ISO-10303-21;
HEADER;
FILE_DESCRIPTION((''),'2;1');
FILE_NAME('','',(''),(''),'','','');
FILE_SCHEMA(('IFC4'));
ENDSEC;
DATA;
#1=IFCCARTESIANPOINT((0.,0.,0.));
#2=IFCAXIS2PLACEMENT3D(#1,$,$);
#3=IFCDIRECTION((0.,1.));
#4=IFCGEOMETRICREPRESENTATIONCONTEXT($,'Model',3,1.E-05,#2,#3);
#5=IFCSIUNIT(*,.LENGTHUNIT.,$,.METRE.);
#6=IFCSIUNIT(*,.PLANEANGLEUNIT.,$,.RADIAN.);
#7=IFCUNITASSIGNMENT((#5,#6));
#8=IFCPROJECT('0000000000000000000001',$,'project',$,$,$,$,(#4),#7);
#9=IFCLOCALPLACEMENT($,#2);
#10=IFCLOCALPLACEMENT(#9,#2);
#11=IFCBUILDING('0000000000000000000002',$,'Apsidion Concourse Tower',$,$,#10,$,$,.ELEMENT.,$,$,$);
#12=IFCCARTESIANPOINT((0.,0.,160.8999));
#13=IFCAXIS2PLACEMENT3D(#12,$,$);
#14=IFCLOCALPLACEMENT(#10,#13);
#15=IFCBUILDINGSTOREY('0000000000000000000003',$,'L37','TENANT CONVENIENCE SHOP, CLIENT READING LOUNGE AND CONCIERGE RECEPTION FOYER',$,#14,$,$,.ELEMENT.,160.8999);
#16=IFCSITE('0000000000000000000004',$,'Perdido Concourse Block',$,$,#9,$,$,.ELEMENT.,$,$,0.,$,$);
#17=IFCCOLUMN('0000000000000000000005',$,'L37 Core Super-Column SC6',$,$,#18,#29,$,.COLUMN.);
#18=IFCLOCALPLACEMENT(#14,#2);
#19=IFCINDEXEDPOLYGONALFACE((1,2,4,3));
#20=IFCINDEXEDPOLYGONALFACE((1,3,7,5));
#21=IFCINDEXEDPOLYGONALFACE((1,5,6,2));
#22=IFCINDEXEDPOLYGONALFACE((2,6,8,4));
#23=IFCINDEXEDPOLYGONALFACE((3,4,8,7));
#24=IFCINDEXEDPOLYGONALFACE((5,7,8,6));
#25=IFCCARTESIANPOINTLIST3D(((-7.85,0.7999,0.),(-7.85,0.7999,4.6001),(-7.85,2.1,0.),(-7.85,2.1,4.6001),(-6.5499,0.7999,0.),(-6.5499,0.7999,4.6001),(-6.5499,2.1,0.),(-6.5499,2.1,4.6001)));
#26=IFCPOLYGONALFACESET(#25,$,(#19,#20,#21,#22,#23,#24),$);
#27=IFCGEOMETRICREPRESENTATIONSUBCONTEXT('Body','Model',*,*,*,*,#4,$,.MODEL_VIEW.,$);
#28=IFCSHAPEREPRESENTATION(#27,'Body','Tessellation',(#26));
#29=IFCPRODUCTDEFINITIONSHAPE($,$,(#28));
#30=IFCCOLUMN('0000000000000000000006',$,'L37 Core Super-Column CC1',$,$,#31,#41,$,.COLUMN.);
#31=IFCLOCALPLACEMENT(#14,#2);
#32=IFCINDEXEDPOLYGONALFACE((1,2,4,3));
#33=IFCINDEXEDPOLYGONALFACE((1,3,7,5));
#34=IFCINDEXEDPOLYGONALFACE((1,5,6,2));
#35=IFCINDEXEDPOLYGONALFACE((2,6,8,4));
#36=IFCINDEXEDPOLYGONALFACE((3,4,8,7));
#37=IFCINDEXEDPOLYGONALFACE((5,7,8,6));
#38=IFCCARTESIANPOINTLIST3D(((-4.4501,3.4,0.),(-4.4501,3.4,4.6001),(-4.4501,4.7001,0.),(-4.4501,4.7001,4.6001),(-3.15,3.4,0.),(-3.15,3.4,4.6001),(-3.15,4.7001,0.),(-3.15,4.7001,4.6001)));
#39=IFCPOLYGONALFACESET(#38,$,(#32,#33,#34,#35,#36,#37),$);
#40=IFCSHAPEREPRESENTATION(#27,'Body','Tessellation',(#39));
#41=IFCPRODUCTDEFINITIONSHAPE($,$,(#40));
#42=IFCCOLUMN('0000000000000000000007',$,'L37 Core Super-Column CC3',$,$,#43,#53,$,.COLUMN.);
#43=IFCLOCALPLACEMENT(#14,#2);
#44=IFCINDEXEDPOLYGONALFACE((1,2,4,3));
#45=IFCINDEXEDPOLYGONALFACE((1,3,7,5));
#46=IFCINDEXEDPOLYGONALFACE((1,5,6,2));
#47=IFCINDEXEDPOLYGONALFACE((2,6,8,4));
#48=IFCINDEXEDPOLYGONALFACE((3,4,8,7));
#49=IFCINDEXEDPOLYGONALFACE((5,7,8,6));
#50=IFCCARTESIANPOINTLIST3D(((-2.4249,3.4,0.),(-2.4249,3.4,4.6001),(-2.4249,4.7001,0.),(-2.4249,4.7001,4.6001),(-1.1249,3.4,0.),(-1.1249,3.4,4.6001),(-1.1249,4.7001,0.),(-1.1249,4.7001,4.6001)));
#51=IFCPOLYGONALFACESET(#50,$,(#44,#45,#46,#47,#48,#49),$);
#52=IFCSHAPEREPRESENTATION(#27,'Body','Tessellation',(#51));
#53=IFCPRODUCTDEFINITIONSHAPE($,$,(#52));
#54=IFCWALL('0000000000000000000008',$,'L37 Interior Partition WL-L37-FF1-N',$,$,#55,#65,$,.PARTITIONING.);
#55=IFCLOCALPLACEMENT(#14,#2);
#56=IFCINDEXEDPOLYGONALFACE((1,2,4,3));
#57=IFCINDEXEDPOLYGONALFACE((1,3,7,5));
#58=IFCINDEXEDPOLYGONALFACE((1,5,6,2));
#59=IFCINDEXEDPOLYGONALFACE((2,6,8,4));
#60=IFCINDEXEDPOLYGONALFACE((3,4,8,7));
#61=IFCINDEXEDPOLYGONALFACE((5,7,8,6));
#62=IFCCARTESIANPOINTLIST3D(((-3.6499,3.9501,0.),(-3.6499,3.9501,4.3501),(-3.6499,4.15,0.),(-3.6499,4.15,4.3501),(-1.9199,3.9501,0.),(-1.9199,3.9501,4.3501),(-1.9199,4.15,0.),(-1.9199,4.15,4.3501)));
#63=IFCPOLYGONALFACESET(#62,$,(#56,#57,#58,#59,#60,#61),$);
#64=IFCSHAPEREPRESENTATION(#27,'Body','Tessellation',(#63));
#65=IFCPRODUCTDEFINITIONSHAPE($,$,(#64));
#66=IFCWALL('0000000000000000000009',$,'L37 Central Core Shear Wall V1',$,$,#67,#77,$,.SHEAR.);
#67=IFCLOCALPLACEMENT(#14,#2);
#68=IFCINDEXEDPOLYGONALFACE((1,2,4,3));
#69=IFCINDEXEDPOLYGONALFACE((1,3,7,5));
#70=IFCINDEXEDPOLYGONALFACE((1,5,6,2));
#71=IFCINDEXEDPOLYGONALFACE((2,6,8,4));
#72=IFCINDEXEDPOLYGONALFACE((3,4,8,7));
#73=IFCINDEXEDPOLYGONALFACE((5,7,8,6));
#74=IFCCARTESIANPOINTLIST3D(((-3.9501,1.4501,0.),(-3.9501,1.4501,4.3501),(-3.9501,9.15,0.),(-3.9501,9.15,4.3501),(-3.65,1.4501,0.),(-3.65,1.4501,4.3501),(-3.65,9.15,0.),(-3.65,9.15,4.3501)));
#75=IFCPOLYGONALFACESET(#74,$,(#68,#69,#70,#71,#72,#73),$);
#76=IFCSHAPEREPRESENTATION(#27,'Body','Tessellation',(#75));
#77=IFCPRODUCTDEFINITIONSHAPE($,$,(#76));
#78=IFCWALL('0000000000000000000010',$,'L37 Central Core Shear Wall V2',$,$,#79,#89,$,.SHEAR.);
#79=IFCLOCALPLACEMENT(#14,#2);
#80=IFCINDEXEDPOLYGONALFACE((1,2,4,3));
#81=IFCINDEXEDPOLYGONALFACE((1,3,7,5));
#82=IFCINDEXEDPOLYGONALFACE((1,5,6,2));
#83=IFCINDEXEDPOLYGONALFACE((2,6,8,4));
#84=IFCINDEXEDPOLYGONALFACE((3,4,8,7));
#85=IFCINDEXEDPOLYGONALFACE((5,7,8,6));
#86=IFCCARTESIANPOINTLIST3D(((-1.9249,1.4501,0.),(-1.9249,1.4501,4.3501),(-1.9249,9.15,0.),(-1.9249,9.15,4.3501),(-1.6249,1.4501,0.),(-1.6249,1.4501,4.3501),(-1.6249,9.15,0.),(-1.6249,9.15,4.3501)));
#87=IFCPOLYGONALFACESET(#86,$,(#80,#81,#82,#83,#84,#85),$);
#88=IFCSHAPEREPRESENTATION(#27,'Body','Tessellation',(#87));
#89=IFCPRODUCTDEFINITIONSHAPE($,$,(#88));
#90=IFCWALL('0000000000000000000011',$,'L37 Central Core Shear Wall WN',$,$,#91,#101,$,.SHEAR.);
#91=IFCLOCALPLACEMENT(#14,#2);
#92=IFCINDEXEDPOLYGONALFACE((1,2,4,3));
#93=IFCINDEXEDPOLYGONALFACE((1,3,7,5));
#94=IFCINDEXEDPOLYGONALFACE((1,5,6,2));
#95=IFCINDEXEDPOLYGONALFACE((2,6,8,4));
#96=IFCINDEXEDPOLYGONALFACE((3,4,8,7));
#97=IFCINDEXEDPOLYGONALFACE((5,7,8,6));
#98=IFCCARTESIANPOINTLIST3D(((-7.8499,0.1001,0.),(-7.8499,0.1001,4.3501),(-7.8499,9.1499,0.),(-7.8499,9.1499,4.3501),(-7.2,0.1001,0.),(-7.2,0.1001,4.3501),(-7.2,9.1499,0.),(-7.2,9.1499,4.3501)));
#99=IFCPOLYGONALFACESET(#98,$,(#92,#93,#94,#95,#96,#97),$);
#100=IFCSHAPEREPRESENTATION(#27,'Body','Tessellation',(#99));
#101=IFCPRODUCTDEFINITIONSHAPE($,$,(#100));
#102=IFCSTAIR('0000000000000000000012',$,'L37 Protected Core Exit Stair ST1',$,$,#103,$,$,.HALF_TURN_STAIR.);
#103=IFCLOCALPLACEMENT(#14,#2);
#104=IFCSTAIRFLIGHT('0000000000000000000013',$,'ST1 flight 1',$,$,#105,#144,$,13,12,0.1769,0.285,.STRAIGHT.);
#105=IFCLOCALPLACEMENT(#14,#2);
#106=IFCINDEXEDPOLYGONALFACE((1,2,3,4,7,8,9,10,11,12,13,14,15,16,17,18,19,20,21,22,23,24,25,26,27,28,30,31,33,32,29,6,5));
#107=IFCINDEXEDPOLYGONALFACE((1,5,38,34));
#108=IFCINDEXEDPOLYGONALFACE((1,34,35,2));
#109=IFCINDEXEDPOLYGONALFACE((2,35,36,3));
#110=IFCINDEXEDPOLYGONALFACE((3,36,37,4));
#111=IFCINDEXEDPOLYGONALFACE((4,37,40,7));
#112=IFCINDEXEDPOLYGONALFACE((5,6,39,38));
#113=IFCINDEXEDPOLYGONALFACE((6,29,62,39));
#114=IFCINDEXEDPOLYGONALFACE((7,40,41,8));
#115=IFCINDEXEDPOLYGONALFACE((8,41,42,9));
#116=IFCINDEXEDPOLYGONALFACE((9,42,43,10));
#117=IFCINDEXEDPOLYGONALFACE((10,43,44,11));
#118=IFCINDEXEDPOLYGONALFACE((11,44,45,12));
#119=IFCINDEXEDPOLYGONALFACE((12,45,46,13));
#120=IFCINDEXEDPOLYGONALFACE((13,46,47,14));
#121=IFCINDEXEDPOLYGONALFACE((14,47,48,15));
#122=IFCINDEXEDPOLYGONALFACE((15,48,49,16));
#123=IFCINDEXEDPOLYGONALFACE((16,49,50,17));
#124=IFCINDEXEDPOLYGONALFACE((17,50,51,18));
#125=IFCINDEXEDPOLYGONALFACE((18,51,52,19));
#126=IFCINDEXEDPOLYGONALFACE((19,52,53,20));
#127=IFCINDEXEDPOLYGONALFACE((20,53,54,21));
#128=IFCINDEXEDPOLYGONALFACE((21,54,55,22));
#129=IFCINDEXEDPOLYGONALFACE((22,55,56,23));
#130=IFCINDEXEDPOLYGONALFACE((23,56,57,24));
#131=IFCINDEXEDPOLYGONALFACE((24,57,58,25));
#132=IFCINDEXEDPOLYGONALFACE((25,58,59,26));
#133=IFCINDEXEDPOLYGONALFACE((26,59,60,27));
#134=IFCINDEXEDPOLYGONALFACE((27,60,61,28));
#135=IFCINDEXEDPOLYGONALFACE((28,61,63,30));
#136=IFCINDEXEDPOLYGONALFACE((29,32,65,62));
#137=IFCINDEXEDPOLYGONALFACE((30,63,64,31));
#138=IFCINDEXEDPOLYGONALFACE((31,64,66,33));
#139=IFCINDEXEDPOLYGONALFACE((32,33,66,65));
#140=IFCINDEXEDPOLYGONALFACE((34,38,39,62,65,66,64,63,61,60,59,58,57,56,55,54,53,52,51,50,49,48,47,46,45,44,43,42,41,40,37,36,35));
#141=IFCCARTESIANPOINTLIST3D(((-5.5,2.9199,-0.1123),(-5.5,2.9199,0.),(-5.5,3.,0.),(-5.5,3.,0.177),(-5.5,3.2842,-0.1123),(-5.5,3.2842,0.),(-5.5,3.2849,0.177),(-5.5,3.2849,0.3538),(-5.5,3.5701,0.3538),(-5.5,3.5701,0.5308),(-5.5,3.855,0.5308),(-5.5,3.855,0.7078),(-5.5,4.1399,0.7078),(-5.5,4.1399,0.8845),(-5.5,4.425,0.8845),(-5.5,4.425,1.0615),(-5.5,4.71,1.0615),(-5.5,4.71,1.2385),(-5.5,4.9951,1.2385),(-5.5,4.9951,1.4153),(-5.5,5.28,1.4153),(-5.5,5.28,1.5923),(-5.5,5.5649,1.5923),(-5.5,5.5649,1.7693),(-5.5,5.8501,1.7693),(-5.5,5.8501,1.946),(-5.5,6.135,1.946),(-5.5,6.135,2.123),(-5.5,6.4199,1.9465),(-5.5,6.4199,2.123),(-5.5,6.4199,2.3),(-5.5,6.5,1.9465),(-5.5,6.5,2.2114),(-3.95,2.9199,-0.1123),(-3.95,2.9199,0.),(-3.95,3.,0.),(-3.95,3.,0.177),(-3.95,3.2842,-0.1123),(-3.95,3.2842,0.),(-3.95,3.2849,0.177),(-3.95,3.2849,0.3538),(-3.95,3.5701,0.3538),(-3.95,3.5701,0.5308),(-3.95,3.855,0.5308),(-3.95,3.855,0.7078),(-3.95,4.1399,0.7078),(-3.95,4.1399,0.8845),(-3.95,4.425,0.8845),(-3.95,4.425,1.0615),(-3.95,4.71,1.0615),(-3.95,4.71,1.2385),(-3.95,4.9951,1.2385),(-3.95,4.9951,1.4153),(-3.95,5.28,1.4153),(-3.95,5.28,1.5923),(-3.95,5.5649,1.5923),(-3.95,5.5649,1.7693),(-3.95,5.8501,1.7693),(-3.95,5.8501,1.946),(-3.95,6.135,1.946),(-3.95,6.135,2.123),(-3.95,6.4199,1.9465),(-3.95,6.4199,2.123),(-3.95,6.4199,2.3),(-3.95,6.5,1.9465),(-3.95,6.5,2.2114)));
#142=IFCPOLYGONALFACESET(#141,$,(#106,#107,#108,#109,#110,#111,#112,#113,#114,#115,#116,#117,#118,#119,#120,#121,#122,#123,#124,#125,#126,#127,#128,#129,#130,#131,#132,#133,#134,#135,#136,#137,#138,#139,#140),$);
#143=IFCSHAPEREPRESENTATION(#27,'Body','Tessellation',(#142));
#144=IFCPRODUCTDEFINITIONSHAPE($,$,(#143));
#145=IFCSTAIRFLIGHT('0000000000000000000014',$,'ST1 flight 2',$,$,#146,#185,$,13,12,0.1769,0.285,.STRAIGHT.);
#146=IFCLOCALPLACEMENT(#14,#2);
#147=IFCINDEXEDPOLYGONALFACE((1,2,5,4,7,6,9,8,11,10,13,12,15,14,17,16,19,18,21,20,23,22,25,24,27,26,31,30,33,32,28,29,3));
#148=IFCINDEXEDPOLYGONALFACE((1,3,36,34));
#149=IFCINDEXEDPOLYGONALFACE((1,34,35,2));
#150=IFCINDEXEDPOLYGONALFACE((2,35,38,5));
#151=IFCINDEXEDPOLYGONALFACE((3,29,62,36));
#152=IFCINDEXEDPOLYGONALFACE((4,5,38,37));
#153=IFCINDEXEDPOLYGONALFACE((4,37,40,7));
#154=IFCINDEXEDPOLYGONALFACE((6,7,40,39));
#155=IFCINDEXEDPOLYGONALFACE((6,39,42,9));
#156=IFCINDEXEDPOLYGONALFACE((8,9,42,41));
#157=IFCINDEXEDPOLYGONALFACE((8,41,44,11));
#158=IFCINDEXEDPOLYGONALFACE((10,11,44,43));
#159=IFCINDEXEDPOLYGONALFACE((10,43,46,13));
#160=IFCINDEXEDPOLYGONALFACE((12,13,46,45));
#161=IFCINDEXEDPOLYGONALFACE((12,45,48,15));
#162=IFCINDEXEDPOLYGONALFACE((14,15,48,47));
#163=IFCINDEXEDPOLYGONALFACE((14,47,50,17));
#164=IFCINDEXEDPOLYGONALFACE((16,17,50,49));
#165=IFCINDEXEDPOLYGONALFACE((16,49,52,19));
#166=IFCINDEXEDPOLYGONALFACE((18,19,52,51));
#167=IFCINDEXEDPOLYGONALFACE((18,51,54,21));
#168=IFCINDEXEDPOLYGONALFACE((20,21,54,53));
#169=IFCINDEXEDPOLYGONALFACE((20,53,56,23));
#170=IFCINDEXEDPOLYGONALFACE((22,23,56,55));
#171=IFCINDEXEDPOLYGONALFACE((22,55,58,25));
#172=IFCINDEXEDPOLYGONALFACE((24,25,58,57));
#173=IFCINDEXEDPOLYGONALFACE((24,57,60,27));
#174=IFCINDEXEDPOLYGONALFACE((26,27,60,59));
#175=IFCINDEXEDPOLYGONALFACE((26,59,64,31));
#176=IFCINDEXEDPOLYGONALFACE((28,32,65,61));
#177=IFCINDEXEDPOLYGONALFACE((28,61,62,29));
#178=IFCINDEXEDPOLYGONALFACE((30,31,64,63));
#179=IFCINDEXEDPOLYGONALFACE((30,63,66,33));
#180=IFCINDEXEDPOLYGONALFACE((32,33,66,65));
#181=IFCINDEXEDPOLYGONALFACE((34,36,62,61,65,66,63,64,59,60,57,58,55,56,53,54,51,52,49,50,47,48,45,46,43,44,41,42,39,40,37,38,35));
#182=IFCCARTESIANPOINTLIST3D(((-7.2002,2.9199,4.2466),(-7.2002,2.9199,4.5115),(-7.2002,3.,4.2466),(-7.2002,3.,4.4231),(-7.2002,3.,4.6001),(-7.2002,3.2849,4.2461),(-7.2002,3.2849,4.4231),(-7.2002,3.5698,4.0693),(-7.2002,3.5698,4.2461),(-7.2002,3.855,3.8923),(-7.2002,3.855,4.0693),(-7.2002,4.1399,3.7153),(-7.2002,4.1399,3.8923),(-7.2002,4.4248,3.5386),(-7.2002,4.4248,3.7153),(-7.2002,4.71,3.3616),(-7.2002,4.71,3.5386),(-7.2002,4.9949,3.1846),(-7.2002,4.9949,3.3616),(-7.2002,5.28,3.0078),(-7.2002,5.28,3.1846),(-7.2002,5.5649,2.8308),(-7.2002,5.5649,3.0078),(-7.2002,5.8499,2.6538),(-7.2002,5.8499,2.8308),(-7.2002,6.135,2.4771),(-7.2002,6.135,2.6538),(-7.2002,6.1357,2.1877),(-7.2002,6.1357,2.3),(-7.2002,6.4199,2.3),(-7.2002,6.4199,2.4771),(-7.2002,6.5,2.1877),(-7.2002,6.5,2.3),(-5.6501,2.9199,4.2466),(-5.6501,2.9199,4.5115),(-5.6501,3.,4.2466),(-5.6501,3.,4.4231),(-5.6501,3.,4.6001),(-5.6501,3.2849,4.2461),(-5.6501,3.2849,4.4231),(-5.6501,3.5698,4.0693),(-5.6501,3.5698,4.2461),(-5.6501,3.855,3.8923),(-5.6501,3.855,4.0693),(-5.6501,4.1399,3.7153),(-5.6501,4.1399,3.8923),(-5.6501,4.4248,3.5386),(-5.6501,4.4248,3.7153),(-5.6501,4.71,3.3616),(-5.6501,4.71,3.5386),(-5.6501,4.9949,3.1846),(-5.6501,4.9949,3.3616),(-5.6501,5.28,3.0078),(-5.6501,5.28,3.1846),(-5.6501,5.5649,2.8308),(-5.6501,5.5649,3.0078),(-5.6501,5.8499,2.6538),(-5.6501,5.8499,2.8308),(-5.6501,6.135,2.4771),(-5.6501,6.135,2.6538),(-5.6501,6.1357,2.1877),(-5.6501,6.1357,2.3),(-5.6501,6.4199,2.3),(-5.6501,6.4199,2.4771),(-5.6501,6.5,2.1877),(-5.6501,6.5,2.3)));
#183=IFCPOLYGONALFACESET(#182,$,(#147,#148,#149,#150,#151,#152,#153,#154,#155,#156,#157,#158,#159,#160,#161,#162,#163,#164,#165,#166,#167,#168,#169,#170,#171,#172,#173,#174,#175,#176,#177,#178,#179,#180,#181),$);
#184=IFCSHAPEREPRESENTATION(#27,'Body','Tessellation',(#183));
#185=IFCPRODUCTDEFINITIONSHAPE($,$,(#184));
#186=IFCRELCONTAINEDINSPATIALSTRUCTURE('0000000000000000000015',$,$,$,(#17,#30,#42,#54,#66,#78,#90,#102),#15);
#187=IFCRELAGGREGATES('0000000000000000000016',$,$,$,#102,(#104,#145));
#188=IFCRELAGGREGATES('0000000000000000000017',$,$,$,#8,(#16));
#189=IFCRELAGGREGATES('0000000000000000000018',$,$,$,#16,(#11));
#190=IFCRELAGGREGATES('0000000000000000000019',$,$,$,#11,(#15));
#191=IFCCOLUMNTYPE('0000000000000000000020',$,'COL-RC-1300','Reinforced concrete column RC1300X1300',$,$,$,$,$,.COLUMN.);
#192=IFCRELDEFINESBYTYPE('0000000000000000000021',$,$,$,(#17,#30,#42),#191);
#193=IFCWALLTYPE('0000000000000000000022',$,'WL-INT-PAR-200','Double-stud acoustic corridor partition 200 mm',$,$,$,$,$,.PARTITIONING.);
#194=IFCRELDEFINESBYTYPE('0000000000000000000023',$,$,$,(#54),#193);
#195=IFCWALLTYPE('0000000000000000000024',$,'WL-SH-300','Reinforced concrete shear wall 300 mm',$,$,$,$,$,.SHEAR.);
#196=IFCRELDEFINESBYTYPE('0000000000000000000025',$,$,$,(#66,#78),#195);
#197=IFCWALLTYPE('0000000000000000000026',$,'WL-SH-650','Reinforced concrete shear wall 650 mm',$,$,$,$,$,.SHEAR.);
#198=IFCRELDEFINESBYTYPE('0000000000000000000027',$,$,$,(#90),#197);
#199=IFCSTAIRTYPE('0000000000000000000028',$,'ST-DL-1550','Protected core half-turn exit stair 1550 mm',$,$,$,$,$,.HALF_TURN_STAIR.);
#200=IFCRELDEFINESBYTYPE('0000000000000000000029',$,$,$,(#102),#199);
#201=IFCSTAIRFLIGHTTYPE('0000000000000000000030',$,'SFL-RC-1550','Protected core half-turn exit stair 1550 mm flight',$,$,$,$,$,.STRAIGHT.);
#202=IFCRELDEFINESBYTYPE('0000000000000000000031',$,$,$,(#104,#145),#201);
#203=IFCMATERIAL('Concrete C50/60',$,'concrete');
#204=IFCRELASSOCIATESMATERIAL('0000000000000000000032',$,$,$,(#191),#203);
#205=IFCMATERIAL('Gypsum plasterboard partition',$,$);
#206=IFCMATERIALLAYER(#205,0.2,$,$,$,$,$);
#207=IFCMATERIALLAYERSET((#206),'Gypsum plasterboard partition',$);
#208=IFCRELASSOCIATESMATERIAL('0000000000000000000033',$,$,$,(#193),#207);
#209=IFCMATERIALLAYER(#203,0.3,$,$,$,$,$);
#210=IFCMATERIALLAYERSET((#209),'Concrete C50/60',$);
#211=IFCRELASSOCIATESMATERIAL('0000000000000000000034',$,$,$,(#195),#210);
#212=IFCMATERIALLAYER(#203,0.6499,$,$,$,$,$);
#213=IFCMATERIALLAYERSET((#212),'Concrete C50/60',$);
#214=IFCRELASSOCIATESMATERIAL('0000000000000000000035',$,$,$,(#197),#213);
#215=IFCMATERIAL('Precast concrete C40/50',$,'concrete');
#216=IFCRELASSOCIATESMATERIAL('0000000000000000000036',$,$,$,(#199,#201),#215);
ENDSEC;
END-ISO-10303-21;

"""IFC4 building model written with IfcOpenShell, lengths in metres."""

from ifc_helpers import new_model, si_unit, direction, frame, frame_2d, origin, origin_2d, place, context, subcontext, project, spatial, polyline, rectangle, outline, extrude, material, layer, layer_set, material_profile, profile_set, type_object, element, aggregate, save


model = new_model("IFC4")

# Units and contexts
model_context = context("Model", 3, precision=1e-05, world=origin(), true_north=direction((0.0, 1.0)))
body_context = subcontext(model_context, "Body", "Model", "MODEL_VIEW")
ifc_project = project(units=[si_unit("LENGTHUNIT", "METRE"), si_unit("PLANEANGLEUNIT", "RADIAN")], contexts=[model_context])

# Site, building, storey
site_placement = place(None, origin())
site = spatial("IfcSite", under=ifc_project, at=site_placement, Name="Perdido Concourse Block", CompositionType="ELEMENT", RefElevation=0.0)
building_placement = place(site_placement, origin())
building = spatial("IfcBuilding", under=site, at=building_placement, Name="Apsidion Concourse Tower", CompositionType="ELEMENT")
storey_placement = place(building_placement, frame((0.0, 0.0, 160.8999)))
storey = spatial("IfcBuildingStorey", under=building, at=storey_placement, Name="L37", Description="TENANT CONVENIENCE SHOP, CLIENT READING LOUNGE AND CONCIERGE RECEPTION FOYER", CompositionType="ELEMENT", Elevation=160.8999)

# Columns
ifc_material_1 = material(Name="Concrete C50/60", Category="concrete")
ifc_material_profile = material_profile(ifc_material_1, rectangle(XDim=1.3, YDim=1.3, at=origin_2d()), Name="RC 1300x1300")
ifc_profile_set = profile_set([ifc_material_profile], Name="Concrete C50/60")
column_type = type_object("IfcColumnType", Name="COL-RC-1300", Description="Reinforced concrete column RC1300X1300", PredefinedType="COLUMN", material=ifc_profile_set)
for number, where, z_axis, x_axis, name in (
    (1, (-7.2, 1.45, 0.0), (0.0, 0.0, 1.0), (1.0, 0.0, 0.0), "L37 Core Super-Column SC6"),
    (2, (-3.8, 4.05, 0.0), (0.0, 0.0, 1.0), (1.0, 0.0, 0.0), "L37 Core Super-Column CC1"),
    (3, (-1.7749, 4.05, 0.0), (0.0, 0.0, 1.0), (1.0, 0.0, 0.0), "L37 Core Super-Column CC3"),
):
    element("IfcColumn", number, at=place(storey_placement, frame(where, z_axis=z_axis, x_axis=x_axis)), inside=storey, type_object=column_type, Name=name, PredefinedType="COLUMN", context=body_context, shape_type="SweptSolid", body=[
        extrude(rectangle(XDim=1.3, YDim=1.3, at=origin_2d()), origin(), (0.0, 0.0, 1.0), 4.6001),
    ])

# Walls
ifc_material_2 = material(Name="Gypsum plasterboard partition")
ifc_layer_1 = layer(ifc_material_2, 0.2)
ifc_layer_set_1 = layer_set([ifc_layer_1], Name="Gypsum plasterboard partition")
wall_type_1 = type_object("IfcWallType", Name="WL-INT-PAR-200", Description="Double-stud acoustic corridor partition 200 mm", PredefinedType="PARTITIONING", material=ifc_layer_set_1)
wall_1_placement = place(storey_placement, frame((-3.6499, 4.05, 0.0), z_axis=(0.0, 0.0, 1.0), x_axis=(1.0, 0.0, 0.0)))
element("IfcWall", 4, at=wall_1_placement, inside=storey, type_object=wall_type_1, Name="L37 Interior Partition WL-L37-FF1-N", PredefinedType="PARTITIONING", context=body_context, shape_type="SweptSolid", body=[
    extrude(rectangle(XDim=1.73, YDim=0.2, at=frame_2d((0.865, 0.0))), origin(), (0.0, 0.0, 1.0), 4.3501),
])
ifc_layer_2 = layer(ifc_material_1, 0.3)
ifc_layer_set_2 = layer_set([ifc_layer_2], Name="Concrete C50/60")
wall_type_2 = type_object("IfcWallType", Name="WL-SH-300", Description="Reinforced concrete shear wall 300 mm", PredefinedType="SHEAR", material=ifc_layer_set_2)
for number, where, z_axis, x_axis, name in (
    (5, (-3.8, 1.45, 0.0), (0.0, 0.0, 1.0), (0.0, 1.0, 0.0), "L37 Central Core Shear Wall V1"),
    (6, (-1.7749, 1.45, 0.0), (0.0, 0.0, 1.0), (0.0, 1.0, 0.0), "L37 Central Core Shear Wall V2"),
):
    element("IfcWall", number, at=place(storey_placement, frame(where, z_axis=z_axis, x_axis=x_axis)), inside=storey, type_object=wall_type_2, Name=name, PredefinedType="SHEAR", context=body_context, shape_type="SweptSolid", body=[
        extrude(rectangle(XDim=7.7, YDim=0.3, at=frame_2d((3.8501, 0.0))), origin(), (0.0, 0.0, 1.0), 4.3501),
    ])

# Wall
ifc_layer_3 = layer(ifc_material_1, 0.6499)
ifc_layer_set_3 = layer_set([ifc_layer_3], Name="Concrete C50/60")
wall_type_3 = type_object("IfcWallType", Name="WL-SH-650", Description="Reinforced concrete shear wall 650 mm", PredefinedType="SHEAR", material=ifc_layer_set_3)
wall_2_placement = place(storey_placement, frame((-7.5249, 0.1001, 0.0), z_axis=(0.0, 0.0, 1.0), x_axis=(0.0, 1.0, 0.0)))
element("IfcWall", 7, at=wall_2_placement, inside=storey, type_object=wall_type_3, Name="L37 Central Core Shear Wall WN", PredefinedType="SHEAR", context=body_context, shape_type="SweptSolid", body=[
    extrude(rectangle(XDim=9.0498, YDim=0.6499, at=frame_2d((4.5249, 0.0))), origin(), (0.0, 0.0, 1.0), 4.3501),
])

# Stair, stair flights
ifc_material_3 = material(Name="Precast concrete C40/50", Category="concrete")
stair_type = type_object("IfcStairType", Name="ST-DL-1550", Description="Protected core half-turn exit stair 1550 mm", PredefinedType="HALF_TURN_STAIR", material=ifc_material_3)
stair_placement = place(storey_placement, origin())
stair = element("IfcStair", 8, at=stair_placement, inside=storey, type_object=stair_type, Name="L37 Protected Core Exit Stair ST1", PredefinedType="HALF_TURN_STAIR")
stair_flight_type = type_object("IfcStairFlightType", Name="SFL-RC-1550", Description="Protected core half-turn exit stair 1550 mm flight", PredefinedType="STRAIGHT", material=ifc_material_3)
stair_flight_1_placement = place(storey_placement, frame((-4.7251, 3.0, 0.0), z_axis=(0.0, 0.0, 1.0), x_axis=(0.0, 1.0, 0.0)))
stair_flight_1 = element("IfcStairFlight", 9, at=stair_flight_1_placement, type_object=stair_flight_type, Name="ST1 flight 1", NumberOfRisers=13, NumberOfTreads=12, PredefinedType="STRAIGHT", RiserHeight=0.1769, TreadLength=0.285, context=body_context, shape_type="SweptSolid", body=[
    extrude(outline(polyline([(-0.0801, -0.1123), (-0.0801, 0.0), (0.0, 0.0), (0.0, 0.177), (0.2849, 0.177), (0.2849, 0.3538), (0.5701, 0.3538), (0.5701, 0.5308), (0.855, 0.5308), (0.855, 0.7078), (1.1399, 0.7078), (1.1399, 0.8845), (1.425, 0.8845), (1.425, 1.0615), (1.71, 1.0615), (1.71, 1.2385), (1.9951, 1.2385), (1.9951, 1.4153), (2.28, 1.4153), (2.28, 1.5923), (2.5649, 1.5923), (2.5649, 1.7693), (2.8501, 1.7693), (2.8501, 1.946), (3.135, 1.946), (3.135, 2.123), (3.4199, 2.123), (3.4199, 2.3), (3.5, 2.2114), (3.5, 1.9465), (3.4199, 1.9465), (0.2842, 0.0), (0.2842, -0.1123), (-0.0801, -0.1123)])), frame((0.0, 0.7749, 0.0), z_axis=(0.0, -1.0, 0.0), x_axis=(1.0, 0.0, 0.0)), (0.0, 0.0, 1.0), 1.55),
])
stair_flight_2_placement = place(storey_placement, frame((-6.425, 6.4199, 2.3), z_axis=(0.0, 0.0, 1.0), x_axis=(0.0, -1.0, 0.0)))
stair_flight_2 = element("IfcStairFlight", 10, at=stair_flight_2_placement, type_object=stair_flight_type, Name="ST1 flight 2", NumberOfRisers=13, NumberOfTreads=12, PredefinedType="STRAIGHT", RiserHeight=0.1769, TreadLength=0.285, context=body_context, shape_type="SweptSolid", body=[
    extrude(outline(polyline([(-0.0801, -0.1123), (-0.0801, 0.0), (0.0, 0.0), (0.0, 0.177), (0.2849, 0.177), (0.2849, 0.3538), (0.5701, 0.3538), (0.5701, 0.5308), (0.855, 0.5308), (0.855, 0.7078), (1.1399, 0.7078), (1.1399, 0.8845), (1.425, 0.8845), (1.425, 1.0615), (1.71, 1.0615), (1.71, 1.2385), (1.9951, 1.2385), (1.9951, 1.4153), (2.28, 1.4153), (2.28, 1.5923), (2.5649, 1.5923), (2.5649, 1.7693), (2.8501, 1.7693), (2.8501, 1.946), (3.135, 1.946), (3.135, 2.123), (3.4199, 2.123), (3.4199, 2.3), (3.5, 2.2114), (3.5, 1.9465), (3.4199, 1.9465), (0.2842, 0.0), (0.2842, -0.1123), (-0.0801, -0.1123)])), frame((0.0, 0.7749, 0.0), z_axis=(0.0, -1.0, 0.0), x_axis=(1.0, 0.0, 0.0)), (0.0, 0.0, 1.0), 1.55),
])
aggregate(stair, [stair_flight_1, stair_flight_2])

save(model, "model.ifc")
